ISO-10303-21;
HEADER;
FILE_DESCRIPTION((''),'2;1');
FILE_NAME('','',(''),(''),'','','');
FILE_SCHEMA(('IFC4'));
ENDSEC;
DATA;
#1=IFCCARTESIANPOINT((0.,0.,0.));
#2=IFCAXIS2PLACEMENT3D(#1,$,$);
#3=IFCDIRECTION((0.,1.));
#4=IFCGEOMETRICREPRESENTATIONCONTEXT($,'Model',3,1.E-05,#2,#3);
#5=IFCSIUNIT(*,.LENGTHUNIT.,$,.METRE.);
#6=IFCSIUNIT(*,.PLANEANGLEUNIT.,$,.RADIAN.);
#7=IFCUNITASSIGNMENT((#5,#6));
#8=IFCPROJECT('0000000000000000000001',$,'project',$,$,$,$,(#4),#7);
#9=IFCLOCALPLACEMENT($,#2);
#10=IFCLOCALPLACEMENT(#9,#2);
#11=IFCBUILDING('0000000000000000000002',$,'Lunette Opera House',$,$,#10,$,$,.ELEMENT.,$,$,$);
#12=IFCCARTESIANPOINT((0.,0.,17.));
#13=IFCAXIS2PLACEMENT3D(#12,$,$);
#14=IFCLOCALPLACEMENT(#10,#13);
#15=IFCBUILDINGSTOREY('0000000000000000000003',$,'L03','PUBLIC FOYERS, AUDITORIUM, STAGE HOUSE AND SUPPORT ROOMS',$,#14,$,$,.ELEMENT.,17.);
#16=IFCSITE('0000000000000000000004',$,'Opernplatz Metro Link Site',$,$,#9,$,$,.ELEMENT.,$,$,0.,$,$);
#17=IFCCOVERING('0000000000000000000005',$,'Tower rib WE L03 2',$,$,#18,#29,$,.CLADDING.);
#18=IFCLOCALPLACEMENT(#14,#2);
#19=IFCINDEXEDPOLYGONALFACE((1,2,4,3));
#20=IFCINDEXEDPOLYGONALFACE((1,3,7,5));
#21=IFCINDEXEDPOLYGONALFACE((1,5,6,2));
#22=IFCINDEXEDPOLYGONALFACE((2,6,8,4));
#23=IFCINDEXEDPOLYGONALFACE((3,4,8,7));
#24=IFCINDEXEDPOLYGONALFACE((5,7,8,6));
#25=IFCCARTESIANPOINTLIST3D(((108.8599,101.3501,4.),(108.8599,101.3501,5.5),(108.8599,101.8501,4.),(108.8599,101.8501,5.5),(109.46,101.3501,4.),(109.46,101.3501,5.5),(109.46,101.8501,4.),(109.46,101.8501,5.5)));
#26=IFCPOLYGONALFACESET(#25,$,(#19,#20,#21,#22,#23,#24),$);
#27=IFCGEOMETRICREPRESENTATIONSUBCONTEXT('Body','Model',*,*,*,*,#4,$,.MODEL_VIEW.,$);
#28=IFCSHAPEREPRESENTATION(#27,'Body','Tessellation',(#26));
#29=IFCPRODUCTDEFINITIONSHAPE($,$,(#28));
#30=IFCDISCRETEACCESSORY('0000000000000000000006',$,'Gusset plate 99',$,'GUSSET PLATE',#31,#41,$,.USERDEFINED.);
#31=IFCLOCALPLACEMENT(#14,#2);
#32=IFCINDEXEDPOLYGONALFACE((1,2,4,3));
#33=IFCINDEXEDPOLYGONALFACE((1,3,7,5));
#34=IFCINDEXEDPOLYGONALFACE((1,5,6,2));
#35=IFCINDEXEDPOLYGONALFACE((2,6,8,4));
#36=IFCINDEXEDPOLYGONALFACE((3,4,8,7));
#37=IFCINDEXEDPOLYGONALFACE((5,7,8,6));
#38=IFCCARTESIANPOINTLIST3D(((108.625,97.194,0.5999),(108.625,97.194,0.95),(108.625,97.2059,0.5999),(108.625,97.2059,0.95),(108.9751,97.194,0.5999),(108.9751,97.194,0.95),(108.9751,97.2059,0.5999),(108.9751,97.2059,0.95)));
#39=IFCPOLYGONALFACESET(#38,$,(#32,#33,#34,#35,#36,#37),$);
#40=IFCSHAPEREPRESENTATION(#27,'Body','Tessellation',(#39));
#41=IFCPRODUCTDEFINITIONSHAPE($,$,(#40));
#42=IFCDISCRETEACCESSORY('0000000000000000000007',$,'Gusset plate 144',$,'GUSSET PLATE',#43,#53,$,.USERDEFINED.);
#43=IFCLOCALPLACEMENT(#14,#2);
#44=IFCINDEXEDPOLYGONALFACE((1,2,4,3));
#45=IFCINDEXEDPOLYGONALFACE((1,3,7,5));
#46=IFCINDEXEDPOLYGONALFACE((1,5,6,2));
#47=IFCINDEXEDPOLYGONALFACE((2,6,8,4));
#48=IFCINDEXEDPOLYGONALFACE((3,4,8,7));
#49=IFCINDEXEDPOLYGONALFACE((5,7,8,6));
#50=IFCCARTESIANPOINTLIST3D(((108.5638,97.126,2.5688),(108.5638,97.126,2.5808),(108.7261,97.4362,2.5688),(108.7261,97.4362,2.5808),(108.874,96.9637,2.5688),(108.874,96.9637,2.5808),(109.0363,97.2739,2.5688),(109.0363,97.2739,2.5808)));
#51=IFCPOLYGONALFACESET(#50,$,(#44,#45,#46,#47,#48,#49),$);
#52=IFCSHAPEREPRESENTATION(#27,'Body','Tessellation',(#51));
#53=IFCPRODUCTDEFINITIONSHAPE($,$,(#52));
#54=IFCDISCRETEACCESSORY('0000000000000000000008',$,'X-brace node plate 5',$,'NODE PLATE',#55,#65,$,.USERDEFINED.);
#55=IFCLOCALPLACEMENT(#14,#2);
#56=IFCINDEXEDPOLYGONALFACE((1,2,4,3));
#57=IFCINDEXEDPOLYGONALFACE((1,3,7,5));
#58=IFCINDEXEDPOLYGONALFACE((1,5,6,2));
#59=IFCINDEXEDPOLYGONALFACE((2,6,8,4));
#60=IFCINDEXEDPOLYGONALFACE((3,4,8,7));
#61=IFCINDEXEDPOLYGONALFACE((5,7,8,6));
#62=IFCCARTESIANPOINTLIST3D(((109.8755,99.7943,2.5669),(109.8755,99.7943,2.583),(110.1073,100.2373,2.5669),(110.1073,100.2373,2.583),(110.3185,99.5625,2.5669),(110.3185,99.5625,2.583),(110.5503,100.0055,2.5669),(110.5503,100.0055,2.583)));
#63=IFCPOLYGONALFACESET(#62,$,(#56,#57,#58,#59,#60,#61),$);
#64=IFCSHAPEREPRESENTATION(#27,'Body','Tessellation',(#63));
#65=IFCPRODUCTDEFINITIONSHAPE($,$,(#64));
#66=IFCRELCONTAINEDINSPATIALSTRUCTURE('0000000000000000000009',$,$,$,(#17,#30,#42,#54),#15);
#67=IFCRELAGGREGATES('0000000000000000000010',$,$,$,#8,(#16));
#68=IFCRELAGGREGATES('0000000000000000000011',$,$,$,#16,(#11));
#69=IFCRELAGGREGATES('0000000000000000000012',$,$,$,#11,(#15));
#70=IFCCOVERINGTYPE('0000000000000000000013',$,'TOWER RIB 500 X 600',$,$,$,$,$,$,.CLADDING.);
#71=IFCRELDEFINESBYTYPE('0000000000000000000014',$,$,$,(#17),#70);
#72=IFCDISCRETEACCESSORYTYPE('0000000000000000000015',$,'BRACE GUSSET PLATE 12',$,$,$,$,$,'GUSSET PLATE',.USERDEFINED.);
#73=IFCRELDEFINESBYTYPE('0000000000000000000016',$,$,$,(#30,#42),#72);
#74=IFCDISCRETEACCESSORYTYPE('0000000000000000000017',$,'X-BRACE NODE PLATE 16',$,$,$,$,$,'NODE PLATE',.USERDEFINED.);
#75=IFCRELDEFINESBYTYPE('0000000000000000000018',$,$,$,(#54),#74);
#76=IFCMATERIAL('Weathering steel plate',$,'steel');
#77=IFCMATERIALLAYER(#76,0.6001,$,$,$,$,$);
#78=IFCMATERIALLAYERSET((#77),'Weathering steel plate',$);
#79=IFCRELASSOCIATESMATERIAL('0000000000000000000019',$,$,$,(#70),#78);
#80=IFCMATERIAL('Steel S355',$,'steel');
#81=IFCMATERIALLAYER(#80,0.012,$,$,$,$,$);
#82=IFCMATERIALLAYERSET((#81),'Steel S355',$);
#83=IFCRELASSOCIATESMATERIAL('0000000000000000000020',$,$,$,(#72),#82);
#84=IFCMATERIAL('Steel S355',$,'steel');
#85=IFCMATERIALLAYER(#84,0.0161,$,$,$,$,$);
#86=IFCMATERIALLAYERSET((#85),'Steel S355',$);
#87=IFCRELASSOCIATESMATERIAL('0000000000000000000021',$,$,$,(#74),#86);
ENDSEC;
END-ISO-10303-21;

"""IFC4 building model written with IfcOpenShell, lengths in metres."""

from ifc_helpers import new_model, si_unit, direction, frame, origin, origin_2d, place, context, subcontext, project, spatial, rectangle, extrude, material, layer, layer_set, type_object, element, save


model = new_model("IFC4")

# Units and contexts
model_context = context("Model", 3, precision=1e-05, world=origin(), true_north=direction((0.0, 1.0)))
body_context = subcontext(model_context, "Body", "Model", "MODEL_VIEW")
ifc_project = project(units=[si_unit("LENGTHUNIT", "METRE"), si_unit("PLANEANGLEUNIT", "RADIAN")], contexts=[model_context])

# Site, building, storey
site_placement = place(None, origin())
site = spatial("IfcSite", under=ifc_project, at=site_placement, Name="Opernplatz Metro Link Site", CompositionType="ELEMENT", RefElevation=0.0)
building_placement = place(site_placement, origin())
building = spatial("IfcBuilding", under=site, at=building_placement, Name="Lunette Opera House", CompositionType="ELEMENT")
storey_placement = place(building_placement, frame((0.0, 0.0, 17.0)))
storey = spatial("IfcBuildingStorey", under=building, at=storey_placement, Name="L03", Description="PUBLIC FOYERS, AUDITORIUM, STAGE HOUSE AND SUPPORT ROOMS", CompositionType="ELEMENT", Elevation=17.0)

# Covering
ifc_material_1 = material(Name="Weathering steel plate", Category="steel")
ifc_layer_1 = layer(ifc_material_1, 0.6001)
ifc_layer_set_1 = layer_set([ifc_layer_1], Name="Weathering steel plate")
covering_type_1 = type_object("IfcCoveringType", Name="TOWER RIB 500 X 600", PredefinedType="CLADDING", material=ifc_layer_set_1)
for number, where, z_axis, x_axis, name in (
    (1, (109.1599, 101.6001, 4.0), (0.0, 0.0, 1.0), (0.0, 1.0, 0.0), "Tower rib WE L03 2"),
):
    element("IfcCovering", number, at=place(storey_placement, frame(where, z_axis=z_axis, x_axis=x_axis)), inside=storey, type_object=covering_type_1, Name=name, PredefinedType="CLADDING", context=body_context, shape_type="SweptSolid", body=[
        extrude(rectangle(XDim=0.5, YDim=0.6001, at=origin_2d()), origin(), (0.0, 0.0, 1.0), 1.5),
    ])

# Discrete accessories
ifc_material_2 = material(Name="Steel S355", Category="steel")
ifc_layer_2 = layer(ifc_material_2, 0.012)
ifc_layer_set_2 = layer_set([ifc_layer_2], Name="Steel S355")
discrete_accessory_type_1 = type_object("IfcDiscreteAccessoryType", Name="BRACE GUSSET PLATE 12", ElementType="GUSSET PLATE", PredefinedType="USERDEFINED", material=ifc_layer_set_2)
discrete_accessory_1_placement = place(storey_placement, frame((108.8, 97.2, 0.5999), z_axis=(0.0, 0.0, 1.0), x_axis=(1.0, 0.0, 0.0)))
element("IfcDiscreteAccessory", 2, at=discrete_accessory_1_placement, inside=storey, type_object=discrete_accessory_type_1, Name="Gusset plate 99", ObjectType="GUSSET PLATE", PredefinedType="USERDEFINED", context=body_context, shape_type="SweptSolid", body=[
    extrude(rectangle(XDim=0.3501, YDim=0.012, at=origin_2d()), origin(), (0.0, 0.0, 1.0), 0.3501),
])
discrete_accessory_2_placement = place(storey_placement, frame((108.8, 97.2, 2.5688), z_axis=(0.0, 0.0, 1.0), x_axis=(0.463547, 0.886073, 0.0)))
element("IfcDiscreteAccessory", 3, at=discrete_accessory_2_placement, inside=storey, type_object=discrete_accessory_type_1, Name="Gusset plate 144", ObjectType="GUSSET PLATE", PredefinedType="USERDEFINED", context=body_context, shape_type="SweptSolid", body=[
    extrude(rectangle(XDim=0.3501, YDim=0.3501, at=origin_2d()), origin(), (0.0, 0.0, 1.0), 0.012),
])
ifc_material_3 = material(Name="Steel S355", Category="steel")
ifc_layer_3 = layer(ifc_material_3, 0.0161)
ifc_layer_set_3 = layer_set([ifc_layer_3], Name="Steel S355")
discrete_accessory_type_2 = type_object("IfcDiscreteAccessoryType", Name="X-BRACE NODE PLATE 16", ElementType="NODE PLATE", PredefinedType="USERDEFINED", material=ifc_layer_set_3)
discrete_accessory_3_placement = place(storey_placement, frame((110.2129, 99.8999, 2.5669), z_axis=(0.0, 0.0, 1.0), x_axis=(0.463547, 0.886073, 0.0)))
element("IfcDiscreteAccessory", 4, at=discrete_accessory_3_placement, inside=storey, type_object=discrete_accessory_type_2, Name="X-brace node plate 5", ObjectType="NODE PLATE", PredefinedType="USERDEFINED", context=body_context, shape_type="SweptSolid", body=[
    extrude(rectangle(XDim=0.5, YDim=0.5, at=origin_2d()), origin(), (0.0, 0.0, 1.0), 0.0161),
])

save(model, "model.ifc")
